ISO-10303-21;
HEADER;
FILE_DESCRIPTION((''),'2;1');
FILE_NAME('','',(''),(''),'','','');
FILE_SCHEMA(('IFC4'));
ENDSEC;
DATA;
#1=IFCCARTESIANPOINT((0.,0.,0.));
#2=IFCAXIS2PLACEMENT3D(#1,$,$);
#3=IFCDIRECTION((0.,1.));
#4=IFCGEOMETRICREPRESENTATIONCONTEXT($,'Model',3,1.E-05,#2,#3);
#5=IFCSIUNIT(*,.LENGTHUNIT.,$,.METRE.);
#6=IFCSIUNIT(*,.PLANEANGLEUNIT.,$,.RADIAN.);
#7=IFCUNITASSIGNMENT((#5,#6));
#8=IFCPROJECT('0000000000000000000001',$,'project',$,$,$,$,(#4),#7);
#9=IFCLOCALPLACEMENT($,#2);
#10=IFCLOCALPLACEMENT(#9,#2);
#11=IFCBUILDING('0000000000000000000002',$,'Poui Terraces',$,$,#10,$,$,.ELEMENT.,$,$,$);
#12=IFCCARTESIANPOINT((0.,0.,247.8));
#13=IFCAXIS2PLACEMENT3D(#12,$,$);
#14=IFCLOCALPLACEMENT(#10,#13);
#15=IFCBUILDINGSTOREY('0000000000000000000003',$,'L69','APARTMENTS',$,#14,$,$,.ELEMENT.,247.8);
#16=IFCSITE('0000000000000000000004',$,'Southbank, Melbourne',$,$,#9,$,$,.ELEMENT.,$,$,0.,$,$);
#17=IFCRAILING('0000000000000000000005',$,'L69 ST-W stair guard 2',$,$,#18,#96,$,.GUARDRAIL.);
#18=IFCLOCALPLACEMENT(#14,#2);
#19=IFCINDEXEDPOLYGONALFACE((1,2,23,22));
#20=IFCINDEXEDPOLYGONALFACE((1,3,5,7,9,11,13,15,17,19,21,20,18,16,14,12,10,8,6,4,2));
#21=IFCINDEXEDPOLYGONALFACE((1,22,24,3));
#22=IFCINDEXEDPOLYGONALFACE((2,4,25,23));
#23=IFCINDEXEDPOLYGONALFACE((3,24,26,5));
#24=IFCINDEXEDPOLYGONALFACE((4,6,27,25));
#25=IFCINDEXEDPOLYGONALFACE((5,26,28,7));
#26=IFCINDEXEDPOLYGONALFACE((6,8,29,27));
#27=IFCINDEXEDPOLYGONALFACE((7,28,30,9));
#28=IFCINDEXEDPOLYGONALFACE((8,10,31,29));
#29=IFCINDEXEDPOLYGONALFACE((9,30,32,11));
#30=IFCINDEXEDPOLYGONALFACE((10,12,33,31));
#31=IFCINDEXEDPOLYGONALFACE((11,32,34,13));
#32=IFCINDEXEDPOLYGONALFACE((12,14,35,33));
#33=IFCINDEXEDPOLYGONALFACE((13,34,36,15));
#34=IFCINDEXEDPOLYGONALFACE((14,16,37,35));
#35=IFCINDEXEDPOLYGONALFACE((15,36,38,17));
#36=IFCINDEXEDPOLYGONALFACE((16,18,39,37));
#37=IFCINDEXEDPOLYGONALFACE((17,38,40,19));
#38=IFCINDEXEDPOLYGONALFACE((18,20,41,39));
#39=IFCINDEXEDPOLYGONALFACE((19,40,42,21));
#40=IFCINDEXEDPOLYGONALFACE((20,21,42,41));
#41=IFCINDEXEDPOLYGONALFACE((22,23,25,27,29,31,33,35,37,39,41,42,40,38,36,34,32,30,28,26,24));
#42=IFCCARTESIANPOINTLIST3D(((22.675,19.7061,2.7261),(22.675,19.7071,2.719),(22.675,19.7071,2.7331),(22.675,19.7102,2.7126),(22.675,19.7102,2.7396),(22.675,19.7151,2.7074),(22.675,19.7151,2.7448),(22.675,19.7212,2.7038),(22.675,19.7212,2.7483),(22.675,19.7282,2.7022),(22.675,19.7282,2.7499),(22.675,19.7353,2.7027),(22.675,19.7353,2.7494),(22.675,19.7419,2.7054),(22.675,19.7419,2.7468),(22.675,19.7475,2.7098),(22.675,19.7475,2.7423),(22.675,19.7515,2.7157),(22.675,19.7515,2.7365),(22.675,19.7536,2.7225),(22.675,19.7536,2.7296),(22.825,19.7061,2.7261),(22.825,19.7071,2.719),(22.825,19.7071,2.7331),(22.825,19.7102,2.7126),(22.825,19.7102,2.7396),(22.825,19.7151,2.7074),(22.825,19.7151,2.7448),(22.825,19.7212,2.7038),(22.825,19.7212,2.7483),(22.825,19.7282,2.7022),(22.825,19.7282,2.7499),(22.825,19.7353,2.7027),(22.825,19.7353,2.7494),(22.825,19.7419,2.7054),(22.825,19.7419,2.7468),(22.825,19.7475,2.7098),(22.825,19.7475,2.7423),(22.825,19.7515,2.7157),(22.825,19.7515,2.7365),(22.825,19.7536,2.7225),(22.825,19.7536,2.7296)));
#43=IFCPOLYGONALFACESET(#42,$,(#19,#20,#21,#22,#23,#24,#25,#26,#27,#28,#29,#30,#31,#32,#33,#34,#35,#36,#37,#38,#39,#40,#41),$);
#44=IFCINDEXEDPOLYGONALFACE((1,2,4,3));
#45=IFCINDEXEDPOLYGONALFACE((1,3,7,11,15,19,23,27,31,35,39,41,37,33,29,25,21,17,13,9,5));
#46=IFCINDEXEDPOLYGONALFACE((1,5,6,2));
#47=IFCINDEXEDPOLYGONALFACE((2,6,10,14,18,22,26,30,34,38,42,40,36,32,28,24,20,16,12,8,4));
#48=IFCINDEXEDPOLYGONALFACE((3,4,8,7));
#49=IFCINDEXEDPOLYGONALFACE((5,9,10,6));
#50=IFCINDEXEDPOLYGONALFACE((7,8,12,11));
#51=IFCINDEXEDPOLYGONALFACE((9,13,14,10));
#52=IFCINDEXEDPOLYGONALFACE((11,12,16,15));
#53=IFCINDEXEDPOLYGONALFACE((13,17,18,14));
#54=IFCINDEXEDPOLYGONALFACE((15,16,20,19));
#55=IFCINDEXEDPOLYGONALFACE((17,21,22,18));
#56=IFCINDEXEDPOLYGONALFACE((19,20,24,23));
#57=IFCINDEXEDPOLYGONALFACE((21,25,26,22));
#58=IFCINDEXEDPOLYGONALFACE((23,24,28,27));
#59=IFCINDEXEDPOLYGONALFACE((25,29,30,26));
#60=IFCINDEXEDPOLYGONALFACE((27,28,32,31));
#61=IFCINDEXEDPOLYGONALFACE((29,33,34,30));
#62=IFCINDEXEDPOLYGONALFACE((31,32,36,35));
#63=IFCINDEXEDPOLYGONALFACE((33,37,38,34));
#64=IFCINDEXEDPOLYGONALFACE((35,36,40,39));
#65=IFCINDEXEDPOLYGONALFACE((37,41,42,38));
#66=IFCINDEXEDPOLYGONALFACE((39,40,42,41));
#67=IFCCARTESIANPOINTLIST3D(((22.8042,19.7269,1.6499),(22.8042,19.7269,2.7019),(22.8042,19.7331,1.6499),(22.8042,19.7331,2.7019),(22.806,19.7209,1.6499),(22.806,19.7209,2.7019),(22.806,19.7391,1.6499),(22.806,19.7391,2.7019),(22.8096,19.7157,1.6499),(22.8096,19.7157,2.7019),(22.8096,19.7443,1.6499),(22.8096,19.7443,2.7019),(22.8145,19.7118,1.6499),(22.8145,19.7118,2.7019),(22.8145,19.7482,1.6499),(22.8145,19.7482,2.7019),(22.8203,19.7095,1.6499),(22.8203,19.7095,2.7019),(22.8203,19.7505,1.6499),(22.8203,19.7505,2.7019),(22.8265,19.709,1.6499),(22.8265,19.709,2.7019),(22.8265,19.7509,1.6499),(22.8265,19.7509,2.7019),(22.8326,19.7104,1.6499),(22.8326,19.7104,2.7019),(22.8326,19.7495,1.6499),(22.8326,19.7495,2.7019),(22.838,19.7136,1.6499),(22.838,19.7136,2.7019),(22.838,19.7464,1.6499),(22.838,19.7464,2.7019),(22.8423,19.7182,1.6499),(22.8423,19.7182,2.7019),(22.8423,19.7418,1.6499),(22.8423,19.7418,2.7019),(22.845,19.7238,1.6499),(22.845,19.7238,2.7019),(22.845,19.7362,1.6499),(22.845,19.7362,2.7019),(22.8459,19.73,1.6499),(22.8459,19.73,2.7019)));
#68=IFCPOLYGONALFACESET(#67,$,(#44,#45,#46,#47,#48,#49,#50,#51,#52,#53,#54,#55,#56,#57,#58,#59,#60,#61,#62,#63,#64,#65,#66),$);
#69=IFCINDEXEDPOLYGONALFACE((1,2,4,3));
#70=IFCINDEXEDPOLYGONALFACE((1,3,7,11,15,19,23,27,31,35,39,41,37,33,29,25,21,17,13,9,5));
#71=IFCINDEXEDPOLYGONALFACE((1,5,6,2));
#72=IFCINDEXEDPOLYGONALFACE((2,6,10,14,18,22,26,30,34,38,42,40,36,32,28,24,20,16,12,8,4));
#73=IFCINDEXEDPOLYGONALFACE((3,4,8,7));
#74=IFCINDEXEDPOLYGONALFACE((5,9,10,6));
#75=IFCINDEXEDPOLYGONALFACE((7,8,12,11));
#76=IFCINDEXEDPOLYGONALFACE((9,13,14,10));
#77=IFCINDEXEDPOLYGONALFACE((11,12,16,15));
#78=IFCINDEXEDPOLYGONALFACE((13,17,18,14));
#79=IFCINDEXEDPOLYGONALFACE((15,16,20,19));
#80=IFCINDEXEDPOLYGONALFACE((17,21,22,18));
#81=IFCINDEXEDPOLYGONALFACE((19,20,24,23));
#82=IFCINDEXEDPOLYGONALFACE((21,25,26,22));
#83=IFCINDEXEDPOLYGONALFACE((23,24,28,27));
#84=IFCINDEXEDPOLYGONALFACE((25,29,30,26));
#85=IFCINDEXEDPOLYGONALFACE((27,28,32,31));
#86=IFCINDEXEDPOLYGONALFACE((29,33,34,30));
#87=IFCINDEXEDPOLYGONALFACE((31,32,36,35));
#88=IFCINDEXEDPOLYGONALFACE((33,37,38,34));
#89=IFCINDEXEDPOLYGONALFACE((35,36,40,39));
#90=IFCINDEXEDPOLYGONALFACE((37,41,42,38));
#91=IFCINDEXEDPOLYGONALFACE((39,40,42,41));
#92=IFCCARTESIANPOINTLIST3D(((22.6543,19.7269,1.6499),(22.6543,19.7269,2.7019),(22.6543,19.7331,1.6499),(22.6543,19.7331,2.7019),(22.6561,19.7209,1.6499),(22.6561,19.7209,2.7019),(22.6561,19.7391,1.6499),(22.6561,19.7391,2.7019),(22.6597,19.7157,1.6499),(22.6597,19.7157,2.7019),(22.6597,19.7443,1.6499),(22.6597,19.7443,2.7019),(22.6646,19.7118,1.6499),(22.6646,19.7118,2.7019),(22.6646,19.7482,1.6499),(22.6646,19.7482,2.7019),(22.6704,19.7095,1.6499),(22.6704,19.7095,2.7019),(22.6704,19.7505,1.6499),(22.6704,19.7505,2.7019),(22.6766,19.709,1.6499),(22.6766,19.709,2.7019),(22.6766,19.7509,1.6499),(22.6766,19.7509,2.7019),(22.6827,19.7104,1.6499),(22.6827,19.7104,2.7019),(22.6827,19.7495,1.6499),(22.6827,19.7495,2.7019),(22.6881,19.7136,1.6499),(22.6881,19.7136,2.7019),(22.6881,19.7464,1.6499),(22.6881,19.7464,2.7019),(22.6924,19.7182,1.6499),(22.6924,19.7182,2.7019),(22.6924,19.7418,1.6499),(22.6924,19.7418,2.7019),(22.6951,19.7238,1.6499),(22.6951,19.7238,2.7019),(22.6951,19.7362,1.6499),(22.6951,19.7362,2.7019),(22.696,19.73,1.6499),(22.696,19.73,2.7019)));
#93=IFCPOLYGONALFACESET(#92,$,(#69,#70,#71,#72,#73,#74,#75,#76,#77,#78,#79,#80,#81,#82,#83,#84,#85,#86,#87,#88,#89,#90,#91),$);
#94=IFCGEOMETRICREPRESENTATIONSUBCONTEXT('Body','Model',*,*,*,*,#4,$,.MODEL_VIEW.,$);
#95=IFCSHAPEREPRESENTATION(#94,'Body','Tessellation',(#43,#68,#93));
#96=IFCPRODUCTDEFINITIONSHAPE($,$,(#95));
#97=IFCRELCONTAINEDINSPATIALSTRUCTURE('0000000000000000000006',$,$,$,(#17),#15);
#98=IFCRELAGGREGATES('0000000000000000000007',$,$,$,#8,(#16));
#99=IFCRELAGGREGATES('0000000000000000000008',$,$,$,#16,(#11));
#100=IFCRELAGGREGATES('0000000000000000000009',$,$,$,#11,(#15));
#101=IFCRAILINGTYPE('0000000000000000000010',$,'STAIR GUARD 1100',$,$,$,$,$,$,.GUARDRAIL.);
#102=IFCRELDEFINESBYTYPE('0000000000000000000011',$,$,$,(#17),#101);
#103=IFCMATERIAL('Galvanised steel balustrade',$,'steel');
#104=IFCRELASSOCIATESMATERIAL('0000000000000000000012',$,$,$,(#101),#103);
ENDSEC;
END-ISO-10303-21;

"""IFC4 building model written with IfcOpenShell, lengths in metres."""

from ifc_helpers import new_model, si_unit, direction, frame, origin, origin_2d, place, context, subcontext, project, spatial, circle, extrude, material, type_object, element, save


model = new_model("IFC4")

# Units and contexts
model_context = context("Model", 3, precision=1e-05, world=origin(), true_north=direction((0.0, 1.0)))
body_context = subcontext(model_context, "Body", "Model", "MODEL_VIEW")
ifc_project = project(units=[si_unit("LENGTHUNIT", "METRE"), si_unit("PLANEANGLEUNIT", "RADIAN")], contexts=[model_context])

# Site, building, storey
site_placement = place(None, origin())
site = spatial("IfcSite", under=ifc_project, at=site_placement, Name="Southbank, Melbourne", CompositionType="ELEMENT", RefElevation=0.0)
building_placement = place(site_placement, origin())
building = spatial("IfcBuilding", under=site, at=building_placement, Name="Poui Terraces", CompositionType="ELEMENT")
storey_placement = place(building_placement, frame((0.0, 0.0, 247.8)))
storey = spatial("IfcBuildingStorey", under=building, at=storey_placement, Name="L69", Description="APARTMENTS", CompositionType="ELEMENT", Elevation=247.8)

# Railing
ifc_material_1 = material(Name="Galvanised steel balustrade", Category="steel")
railing_type_1 = type_object("IfcRailingType", Name="STAIR GUARD 1100", PredefinedType="GUARDRAIL", material=ifc_material_1)
railing_1_placement = place(storey_placement, frame((22.825, 19.73, 1.6499)))
element("IfcRailing", 1, at=railing_1_placement, inside=storey, type_object=railing_type_1, Name="L69 ST-W stair guard 2", PredefinedType="GUARDRAIL", context=body_context, shape_type="SweptSolid", body=[
    extrude(circle(Radius=0.0239, at=origin_2d()), frame((0.0, 0.0, 1.0762), z_axis=(-1.0, 0.0, 0.0), x_axis=(0.0, -1.0, 0.0)), (0.0, 0.0, 1.0), 0.1499),
    extrude(circle(Radius=0.021, at=origin_2d()), origin(), (0.0, 0.0, 1.0), 1.052),
    extrude(circle(Radius=0.021, at=origin_2d()), frame((-0.1499, 0.0, 0.0)), (0.0, 0.0, 1.0), 1.052),
])

save(model, "model.ifc")
